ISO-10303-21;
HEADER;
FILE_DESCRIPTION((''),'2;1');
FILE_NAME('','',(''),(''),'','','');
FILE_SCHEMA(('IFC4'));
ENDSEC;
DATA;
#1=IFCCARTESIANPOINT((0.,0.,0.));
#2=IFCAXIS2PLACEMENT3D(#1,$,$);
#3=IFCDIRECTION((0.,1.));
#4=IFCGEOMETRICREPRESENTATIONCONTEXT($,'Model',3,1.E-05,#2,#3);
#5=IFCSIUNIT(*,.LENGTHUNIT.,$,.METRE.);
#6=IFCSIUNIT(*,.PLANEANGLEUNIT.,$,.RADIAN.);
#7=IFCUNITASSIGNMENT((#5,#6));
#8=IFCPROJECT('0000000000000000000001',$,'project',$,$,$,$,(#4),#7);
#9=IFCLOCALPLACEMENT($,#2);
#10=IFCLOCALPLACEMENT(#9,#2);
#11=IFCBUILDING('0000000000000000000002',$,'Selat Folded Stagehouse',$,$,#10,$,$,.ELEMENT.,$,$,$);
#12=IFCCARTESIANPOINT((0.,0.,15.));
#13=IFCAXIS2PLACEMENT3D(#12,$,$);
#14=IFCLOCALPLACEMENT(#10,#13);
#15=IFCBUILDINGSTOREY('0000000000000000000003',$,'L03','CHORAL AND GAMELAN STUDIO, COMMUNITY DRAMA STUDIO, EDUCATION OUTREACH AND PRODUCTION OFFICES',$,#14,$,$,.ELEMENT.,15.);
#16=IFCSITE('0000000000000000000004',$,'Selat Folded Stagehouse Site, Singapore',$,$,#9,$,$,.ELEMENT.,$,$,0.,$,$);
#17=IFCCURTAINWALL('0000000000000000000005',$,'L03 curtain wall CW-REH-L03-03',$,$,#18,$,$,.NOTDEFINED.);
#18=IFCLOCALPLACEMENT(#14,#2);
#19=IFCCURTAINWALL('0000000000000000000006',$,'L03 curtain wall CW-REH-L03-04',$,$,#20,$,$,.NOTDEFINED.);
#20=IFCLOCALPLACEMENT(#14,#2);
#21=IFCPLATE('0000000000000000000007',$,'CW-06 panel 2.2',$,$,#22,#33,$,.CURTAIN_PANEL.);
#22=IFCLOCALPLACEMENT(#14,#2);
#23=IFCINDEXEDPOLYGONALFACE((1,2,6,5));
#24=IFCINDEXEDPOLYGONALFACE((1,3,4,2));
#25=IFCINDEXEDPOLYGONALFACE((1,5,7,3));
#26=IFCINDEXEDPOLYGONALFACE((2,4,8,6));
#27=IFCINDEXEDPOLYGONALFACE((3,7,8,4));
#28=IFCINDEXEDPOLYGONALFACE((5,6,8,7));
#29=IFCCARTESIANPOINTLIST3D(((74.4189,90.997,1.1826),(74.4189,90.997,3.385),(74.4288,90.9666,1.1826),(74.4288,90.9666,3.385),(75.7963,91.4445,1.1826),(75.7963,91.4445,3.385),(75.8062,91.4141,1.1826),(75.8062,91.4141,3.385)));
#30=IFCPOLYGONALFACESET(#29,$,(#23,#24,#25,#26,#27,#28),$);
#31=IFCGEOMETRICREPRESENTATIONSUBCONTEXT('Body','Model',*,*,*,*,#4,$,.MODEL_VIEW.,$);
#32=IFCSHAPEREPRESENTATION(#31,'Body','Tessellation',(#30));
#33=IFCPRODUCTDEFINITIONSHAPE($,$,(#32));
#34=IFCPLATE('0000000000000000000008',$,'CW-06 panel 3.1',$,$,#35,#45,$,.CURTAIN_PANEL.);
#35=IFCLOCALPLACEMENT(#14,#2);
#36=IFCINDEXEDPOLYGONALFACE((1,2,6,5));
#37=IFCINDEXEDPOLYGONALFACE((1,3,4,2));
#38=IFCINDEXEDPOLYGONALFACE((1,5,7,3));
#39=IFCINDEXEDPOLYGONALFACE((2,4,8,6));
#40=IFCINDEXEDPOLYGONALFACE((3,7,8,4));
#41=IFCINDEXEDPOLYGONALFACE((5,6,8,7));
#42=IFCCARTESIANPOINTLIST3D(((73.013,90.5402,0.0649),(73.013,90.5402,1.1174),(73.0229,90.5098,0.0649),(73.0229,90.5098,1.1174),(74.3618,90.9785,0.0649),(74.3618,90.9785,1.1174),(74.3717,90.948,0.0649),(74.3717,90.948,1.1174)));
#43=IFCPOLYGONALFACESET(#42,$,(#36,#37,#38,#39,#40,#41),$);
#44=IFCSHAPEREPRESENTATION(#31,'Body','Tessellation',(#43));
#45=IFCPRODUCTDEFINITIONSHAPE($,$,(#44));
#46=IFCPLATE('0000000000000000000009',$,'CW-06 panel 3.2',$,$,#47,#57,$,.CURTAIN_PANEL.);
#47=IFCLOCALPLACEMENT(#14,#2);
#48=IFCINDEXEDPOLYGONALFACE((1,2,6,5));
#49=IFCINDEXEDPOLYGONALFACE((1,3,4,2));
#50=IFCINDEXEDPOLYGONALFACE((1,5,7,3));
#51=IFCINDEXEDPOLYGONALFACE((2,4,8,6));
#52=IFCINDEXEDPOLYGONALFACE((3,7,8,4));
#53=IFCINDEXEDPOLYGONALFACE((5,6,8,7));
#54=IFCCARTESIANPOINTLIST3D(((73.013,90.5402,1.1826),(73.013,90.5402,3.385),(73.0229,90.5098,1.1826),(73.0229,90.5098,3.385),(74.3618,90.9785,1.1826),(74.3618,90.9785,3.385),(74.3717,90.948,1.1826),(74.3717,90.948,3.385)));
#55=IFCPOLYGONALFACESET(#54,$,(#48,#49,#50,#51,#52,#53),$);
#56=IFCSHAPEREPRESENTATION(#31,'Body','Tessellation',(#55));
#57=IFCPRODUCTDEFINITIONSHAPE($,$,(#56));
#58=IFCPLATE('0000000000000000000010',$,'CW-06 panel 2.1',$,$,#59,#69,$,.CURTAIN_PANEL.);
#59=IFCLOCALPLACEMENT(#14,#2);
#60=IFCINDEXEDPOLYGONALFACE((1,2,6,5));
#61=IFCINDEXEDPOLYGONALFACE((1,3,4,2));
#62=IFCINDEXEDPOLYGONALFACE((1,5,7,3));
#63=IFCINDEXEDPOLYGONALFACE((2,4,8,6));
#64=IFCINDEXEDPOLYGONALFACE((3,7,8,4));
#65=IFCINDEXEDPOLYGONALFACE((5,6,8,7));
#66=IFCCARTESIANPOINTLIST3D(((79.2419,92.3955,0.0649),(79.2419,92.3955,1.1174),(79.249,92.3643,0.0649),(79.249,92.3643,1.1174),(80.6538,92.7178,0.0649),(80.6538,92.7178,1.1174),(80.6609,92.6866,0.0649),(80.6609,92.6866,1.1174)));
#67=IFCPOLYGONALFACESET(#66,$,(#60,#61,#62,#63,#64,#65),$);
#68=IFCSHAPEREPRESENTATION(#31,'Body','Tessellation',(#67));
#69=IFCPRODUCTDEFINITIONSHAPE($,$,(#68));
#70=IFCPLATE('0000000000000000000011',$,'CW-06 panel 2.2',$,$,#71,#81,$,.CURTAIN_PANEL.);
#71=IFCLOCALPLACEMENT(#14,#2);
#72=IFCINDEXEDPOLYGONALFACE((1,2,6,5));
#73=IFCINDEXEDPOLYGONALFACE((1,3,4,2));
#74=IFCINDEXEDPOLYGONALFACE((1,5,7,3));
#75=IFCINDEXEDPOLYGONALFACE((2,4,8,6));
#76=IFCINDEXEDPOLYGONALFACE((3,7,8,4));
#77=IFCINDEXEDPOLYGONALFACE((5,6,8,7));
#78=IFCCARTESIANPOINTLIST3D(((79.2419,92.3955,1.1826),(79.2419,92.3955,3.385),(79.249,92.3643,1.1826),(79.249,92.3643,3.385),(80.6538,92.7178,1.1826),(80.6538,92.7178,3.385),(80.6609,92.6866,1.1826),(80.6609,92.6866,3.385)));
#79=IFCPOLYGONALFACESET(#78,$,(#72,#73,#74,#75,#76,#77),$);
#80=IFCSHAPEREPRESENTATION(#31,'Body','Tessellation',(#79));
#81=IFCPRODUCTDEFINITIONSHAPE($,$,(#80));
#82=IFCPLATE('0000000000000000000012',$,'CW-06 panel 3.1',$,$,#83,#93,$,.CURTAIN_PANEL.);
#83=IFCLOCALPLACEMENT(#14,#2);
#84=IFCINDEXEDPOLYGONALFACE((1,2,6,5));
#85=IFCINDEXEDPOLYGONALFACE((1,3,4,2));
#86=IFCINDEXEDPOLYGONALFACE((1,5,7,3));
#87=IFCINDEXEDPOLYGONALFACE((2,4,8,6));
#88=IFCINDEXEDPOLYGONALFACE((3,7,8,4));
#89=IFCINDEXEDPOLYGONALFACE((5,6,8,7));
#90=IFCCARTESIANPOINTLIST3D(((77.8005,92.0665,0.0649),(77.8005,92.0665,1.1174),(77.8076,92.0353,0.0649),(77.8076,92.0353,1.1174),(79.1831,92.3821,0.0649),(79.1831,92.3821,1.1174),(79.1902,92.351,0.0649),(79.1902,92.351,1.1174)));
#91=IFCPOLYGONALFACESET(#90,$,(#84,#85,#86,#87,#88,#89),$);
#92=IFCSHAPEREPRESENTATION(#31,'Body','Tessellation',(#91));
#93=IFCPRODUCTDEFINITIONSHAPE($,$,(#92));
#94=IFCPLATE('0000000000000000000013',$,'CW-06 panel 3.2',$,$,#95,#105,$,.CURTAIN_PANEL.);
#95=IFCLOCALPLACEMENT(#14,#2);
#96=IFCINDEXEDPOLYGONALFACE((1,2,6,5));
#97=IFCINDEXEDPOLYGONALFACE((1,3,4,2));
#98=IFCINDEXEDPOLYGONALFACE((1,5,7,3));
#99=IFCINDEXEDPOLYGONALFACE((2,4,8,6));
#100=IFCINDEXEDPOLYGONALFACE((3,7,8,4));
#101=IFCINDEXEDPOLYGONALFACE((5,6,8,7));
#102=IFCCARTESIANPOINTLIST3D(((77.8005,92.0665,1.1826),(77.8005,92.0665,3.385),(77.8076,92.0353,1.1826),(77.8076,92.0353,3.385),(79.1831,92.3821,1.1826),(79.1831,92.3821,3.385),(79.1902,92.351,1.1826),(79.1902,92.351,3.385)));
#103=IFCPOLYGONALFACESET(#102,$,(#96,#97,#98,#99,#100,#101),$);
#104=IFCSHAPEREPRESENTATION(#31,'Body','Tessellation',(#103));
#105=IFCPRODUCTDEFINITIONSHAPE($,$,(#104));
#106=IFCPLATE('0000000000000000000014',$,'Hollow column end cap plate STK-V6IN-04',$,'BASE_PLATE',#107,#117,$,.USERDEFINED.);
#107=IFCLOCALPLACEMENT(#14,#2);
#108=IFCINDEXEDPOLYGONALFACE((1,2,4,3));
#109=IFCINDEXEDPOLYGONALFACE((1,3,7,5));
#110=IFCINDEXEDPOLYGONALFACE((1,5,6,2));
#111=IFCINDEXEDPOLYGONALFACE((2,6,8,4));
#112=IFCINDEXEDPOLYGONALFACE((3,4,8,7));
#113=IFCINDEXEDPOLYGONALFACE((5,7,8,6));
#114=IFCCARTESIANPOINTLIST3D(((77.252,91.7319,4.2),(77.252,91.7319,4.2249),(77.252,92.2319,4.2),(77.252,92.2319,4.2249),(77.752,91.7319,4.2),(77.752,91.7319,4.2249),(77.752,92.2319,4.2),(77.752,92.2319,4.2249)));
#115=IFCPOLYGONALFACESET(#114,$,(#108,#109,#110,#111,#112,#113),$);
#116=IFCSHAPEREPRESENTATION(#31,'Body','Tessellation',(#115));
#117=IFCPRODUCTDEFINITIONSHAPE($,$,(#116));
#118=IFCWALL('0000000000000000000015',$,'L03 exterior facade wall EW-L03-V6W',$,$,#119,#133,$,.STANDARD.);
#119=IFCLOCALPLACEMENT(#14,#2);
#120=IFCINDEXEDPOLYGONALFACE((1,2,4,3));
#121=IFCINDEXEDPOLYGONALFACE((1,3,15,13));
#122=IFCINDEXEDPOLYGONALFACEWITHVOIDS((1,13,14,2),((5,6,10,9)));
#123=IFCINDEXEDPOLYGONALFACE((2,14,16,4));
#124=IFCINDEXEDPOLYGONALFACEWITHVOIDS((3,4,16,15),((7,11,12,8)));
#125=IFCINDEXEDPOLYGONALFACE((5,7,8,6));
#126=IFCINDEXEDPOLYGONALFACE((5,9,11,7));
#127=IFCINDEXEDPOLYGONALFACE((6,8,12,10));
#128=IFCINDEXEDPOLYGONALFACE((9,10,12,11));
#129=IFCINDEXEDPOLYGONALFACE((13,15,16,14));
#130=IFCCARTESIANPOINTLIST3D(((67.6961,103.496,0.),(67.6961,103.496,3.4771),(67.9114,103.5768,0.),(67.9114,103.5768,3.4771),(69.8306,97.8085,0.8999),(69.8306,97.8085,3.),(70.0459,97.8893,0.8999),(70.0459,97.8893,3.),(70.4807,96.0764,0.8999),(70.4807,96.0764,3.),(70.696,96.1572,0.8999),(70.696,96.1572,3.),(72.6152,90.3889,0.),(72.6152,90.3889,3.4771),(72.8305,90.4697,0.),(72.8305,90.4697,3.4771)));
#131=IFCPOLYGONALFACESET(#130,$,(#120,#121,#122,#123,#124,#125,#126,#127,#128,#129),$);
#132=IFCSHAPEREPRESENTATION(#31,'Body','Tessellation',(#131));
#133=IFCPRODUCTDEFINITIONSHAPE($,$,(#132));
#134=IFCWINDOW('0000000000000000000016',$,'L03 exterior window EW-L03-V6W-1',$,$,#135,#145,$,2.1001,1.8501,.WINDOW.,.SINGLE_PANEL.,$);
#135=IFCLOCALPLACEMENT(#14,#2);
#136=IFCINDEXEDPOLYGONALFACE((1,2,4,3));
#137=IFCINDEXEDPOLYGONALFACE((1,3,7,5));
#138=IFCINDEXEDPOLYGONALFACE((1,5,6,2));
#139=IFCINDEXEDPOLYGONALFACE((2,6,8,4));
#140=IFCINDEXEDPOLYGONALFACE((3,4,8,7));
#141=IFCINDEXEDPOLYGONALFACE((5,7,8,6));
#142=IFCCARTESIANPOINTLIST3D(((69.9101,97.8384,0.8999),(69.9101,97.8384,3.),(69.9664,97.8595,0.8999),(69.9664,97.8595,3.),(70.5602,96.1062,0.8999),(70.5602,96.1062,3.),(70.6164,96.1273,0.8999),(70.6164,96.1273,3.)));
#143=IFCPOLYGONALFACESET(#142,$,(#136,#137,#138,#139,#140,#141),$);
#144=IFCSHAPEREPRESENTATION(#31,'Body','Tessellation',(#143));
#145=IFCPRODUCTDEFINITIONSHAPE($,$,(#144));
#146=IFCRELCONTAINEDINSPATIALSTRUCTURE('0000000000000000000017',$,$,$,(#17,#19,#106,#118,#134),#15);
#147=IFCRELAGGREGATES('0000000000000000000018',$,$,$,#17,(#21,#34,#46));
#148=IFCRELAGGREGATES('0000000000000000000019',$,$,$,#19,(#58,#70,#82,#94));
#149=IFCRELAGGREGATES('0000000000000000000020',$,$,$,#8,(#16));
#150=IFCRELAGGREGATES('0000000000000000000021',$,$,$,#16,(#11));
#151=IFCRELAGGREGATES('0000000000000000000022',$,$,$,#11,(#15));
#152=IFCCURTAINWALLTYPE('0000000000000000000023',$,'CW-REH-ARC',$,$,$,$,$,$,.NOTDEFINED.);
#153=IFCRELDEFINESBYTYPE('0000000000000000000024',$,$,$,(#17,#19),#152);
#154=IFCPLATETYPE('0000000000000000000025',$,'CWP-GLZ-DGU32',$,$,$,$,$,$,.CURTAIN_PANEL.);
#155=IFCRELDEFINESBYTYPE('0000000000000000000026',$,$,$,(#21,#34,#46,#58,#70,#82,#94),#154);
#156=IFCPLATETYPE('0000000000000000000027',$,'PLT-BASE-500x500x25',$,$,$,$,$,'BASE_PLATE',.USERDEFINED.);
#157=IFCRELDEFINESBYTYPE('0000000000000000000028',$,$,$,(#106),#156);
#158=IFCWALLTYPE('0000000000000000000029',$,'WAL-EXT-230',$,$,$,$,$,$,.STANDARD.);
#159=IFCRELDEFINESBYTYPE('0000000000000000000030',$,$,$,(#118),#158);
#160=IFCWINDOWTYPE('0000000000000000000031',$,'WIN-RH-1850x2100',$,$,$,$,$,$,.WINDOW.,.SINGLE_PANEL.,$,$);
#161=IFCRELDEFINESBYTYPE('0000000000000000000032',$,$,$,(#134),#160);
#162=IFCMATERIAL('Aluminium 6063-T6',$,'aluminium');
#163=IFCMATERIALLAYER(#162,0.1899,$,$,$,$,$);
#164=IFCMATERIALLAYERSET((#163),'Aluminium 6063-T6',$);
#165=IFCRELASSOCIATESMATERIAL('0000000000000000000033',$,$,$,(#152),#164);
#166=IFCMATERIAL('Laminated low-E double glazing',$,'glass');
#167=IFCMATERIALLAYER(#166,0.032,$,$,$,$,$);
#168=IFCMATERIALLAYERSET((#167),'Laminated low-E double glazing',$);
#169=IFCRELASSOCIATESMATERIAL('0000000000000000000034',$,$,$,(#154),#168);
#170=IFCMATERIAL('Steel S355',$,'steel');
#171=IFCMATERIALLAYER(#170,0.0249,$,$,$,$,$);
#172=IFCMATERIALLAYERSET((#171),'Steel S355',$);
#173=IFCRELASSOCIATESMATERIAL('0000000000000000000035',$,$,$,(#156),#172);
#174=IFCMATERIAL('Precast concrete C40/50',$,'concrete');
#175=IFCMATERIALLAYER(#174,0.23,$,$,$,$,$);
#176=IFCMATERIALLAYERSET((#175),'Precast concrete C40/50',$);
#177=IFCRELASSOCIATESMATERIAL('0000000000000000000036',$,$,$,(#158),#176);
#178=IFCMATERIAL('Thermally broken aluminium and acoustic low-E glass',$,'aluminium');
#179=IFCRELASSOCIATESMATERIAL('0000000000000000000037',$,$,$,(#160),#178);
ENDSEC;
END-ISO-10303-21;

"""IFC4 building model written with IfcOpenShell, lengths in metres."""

from ifc_helpers import new_model, si_unit, direction, frame, frame_2d, origin, origin_2d, place, context, subcontext, project, spatial, rectangle, extrude, material, layer, layer_set, type_object, element, fill, aggregate, save


model = new_model("IFC4")

# Units and contexts
model_context = context("Model", 3, precision=1e-05, world=origin(), true_north=direction((0.0, 1.0)))
body_context = subcontext(model_context, "Body", "Model", "MODEL_VIEW")
ifc_project = project(units=[si_unit("LENGTHUNIT", "METRE"), si_unit("PLANEANGLEUNIT", "RADIAN")], contexts=[model_context])

# Site, building, storey
site_placement = place(None, origin())
site = spatial("IfcSite", under=ifc_project, at=site_placement, Name="Selat Folded Stagehouse Site, Singapore", CompositionType="ELEMENT", RefElevation=0.0)
building_placement = place(site_placement, origin())
building = spatial("IfcBuilding", under=site, at=building_placement, Name="Selat Folded Stagehouse", CompositionType="ELEMENT")
storey_placement = place(building_placement, frame((0.0, 0.0, 15.0)))
storey = spatial("IfcBuildingStorey", under=building, at=storey_placement, Name="L03", Description="CHORAL AND GAMELAN STUDIO, COMMUNITY DRAMA STUDIO, EDUCATION OUTREACH AND PRODUCTION OFFICES", CompositionType="ELEMENT", Elevation=15.0)

# Shared definitions
ifc_material_1 = material(Name="Steel S355", Category="steel")

# Curtain walls
ifc_material_2 = material(Name="Aluminium 6063-T6", Category="aluminium")
ifc_layer_1 = layer(ifc_material_2, 0.1899)
ifc_layer_set_1 = layer_set([ifc_layer_1], Name="Aluminium 6063-T6")
curtain_wall_type = type_object("IfcCurtainWallType", Name="CW-REH-ARC", PredefinedType="NOTDEFINED", material=ifc_layer_set_1)
curtain_wall_1_placement = place(storey_placement, origin())
curtain_wall_1 = element("IfcCurtainWall", 1, at=curtain_wall_1_placement, inside=storey, type_object=curtain_wall_type, Name="L03 curtain wall CW-REH-L03-03", PredefinedType="NOTDEFINED")
curtain_wall_2_placement = place(storey_placement, origin())
curtain_wall_2 = element("IfcCurtainWall", 2, at=curtain_wall_2_placement, inside=storey, type_object=curtain_wall_type, Name="L03 curtain wall CW-REH-L03-04", PredefinedType="NOTDEFINED")

# Plates
ifc_material_3 = material(Name="Laminated low-E double glazing", Category="glass")
ifc_layer_2 = layer(ifc_material_3, 0.032)
ifc_layer_set_2 = layer_set([ifc_layer_2], Name="Laminated low-E double glazing")
plate_type_1 = type_object("IfcPlateType", Name="CWP-GLZ-DGU32", PredefinedType="CURTAIN_PANEL", material=ifc_layer_set_2)
plate_1_placement = place(storey_placement, frame((75.1125, 91.2056, 1.1826), z_axis=(0.0, 0.0, 1.0), x_axis=(-0.951065, -0.308992, 0.0)))
plate_1 = element("IfcPlate", 3, at=plate_1_placement, type_object=plate_type_1, Name="CW-06 panel 2.2", PredefinedType="CURTAIN_PANEL", context=body_context, shape_type="SweptSolid", body=[
    extrude(rectangle(XDim=1.4482, YDim=0.032, at=origin_2d()), origin(), (0.0, 0.0, 1.0), 2.2024),
])
plate_2_placement = place(storey_placement, frame((73.6924, 90.7441, 0.0649), z_axis=(0.0, 0.0, 1.0), x_axis=(-0.951065, -0.308992, 0.0)))
plate_2 = element("IfcPlate", 4, at=plate_2_placement, type_object=plate_type_1, Name="CW-06 panel 3.1", PredefinedType="CURTAIN_PANEL", context=body_context, shape_type="SweptSolid", body=[
    extrude(rectangle(XDim=1.4182, YDim=0.032, at=origin_2d()), origin(), (0.0, 0.0, 1.0), 1.0525),
])
plate_3_placement = place(storey_placement, frame((73.6924, 90.7441, 1.1826), z_axis=(0.0, 0.0, 1.0), x_axis=(-0.951065, -0.308992, 0.0)))
plate_3 = element("IfcPlate", 5, at=plate_3_placement, type_object=plate_type_1, Name="CW-06 panel 3.2", PredefinedType="CURTAIN_PANEL", context=body_context, shape_type="SweptSolid", body=[
    extrude(rectangle(XDim=1.4182, YDim=0.032, at=origin_2d()), origin(), (0.0, 0.0, 1.0), 2.2024),
])
aggregate(curtain_wall_1, [plate_1, plate_2, plate_3])
plate_4_placement = place(storey_placement, frame((79.9514, 92.541, 0.0649), z_axis=(0.0, 0.0, 1.0), x_axis=(-0.974923, -0.222543, 0.0)))
plate_4 = element("IfcPlate", 6, at=plate_4_placement, type_object=plate_type_1, Name="CW-06 panel 2.1", PredefinedType="CURTAIN_PANEL", context=body_context, shape_type="SweptSolid", body=[
    extrude(rectangle(XDim=1.4482, YDim=0.032, at=origin_2d()), origin(), (0.0, 0.0, 1.0), 1.0525),
])
plate_5_placement = place(storey_placement, frame((79.9514, 92.541, 1.1826), z_axis=(0.0, 0.0, 1.0), x_axis=(-0.974923, -0.222543, 0.0)))
plate_5 = element("IfcPlate", 7, at=plate_5_placement, type_object=plate_type_1, Name="CW-06 panel 2.2", PredefinedType="CURTAIN_PANEL", context=body_context, shape_type="SweptSolid", body=[
    extrude(rectangle(XDim=1.4482, YDim=0.032, at=origin_2d()), origin(), (0.0, 0.0, 1.0), 2.2024),
])
plate_6_placement = place(storey_placement, frame((78.4954, 92.2087, 0.0649), z_axis=(0.0, 0.0, 1.0), x_axis=(-0.974923, -0.222543, 0.0)))
plate_6 = element("IfcPlate", 8, at=plate_6_placement, type_object=plate_type_1, Name="CW-06 panel 3.1", PredefinedType="CURTAIN_PANEL", context=body_context, shape_type="SweptSolid", body=[
    extrude(rectangle(XDim=1.4182, YDim=0.032, at=origin_2d()), origin(), (0.0, 0.0, 1.0), 1.0525),
])
plate_7_placement = place(storey_placement, frame((78.4954, 92.2087, 1.1826), z_axis=(0.0, 0.0, 1.0), x_axis=(-0.974923, -0.222543, 0.0)))
plate_7 = element("IfcPlate", 9, at=plate_7_placement, type_object=plate_type_1, Name="CW-06 panel 3.2", PredefinedType="CURTAIN_PANEL", context=body_context, shape_type="SweptSolid", body=[
    extrude(rectangle(XDim=1.4182, YDim=0.032, at=origin_2d()), origin(), (0.0, 0.0, 1.0), 2.2024),
])
aggregate(curtain_wall_2, [plate_4, plate_5, plate_6, plate_7])
ifc_layer_3 = layer(ifc_material_1, 0.0249)
ifc_layer_set_3 = layer_set([ifc_layer_3], Name="Steel S355")
plate_type_2 = type_object("IfcPlateType", Name="PLT-BASE-500x500x25", ElementType="BASE_PLATE", PredefinedType="USERDEFINED", material=ifc_layer_set_3)
plate_8_placement = place(storey_placement, frame((77.502, 91.9819, 4.2), z_axis=(0.0, 0.0, 1.0), x_axis=(1.0, 0.0, 0.0)))
element("IfcPlate", 10, at=plate_8_placement, inside=storey, type_object=plate_type_2, Name="Hollow column end cap plate STK-V6IN-04", ObjectType="BASE_PLATE", PredefinedType="USERDEFINED", context=body_context, shape_type="SweptSolid", body=[
    extrude(rectangle(XDim=0.5, YDim=0.5, at=origin_2d()), origin(), (0.0, 0.0, 1.0), 0.0249),
])

# Wall, opening, window
ifc_material_4 = material(Name="Precast concrete C40/50", Category="concrete")
ifc_layer_4 = layer(ifc_material_4, 0.23)
ifc_layer_set_4 = layer_set([ifc_layer_4], Name="Precast concrete C40/50")
wall_type = type_object("IfcWallType", Name="WAL-EXT-230", PredefinedType="STANDARD", material=ifc_layer_set_4)
wall_placement = place(storey_placement, frame((72.7229, 90.4292, 0.0), z_axis=(0.0, 0.0, 1.0), x_axis=(-0.351374, 0.936235, 0.0)))
wall = element("IfcWall", 11, at=wall_placement, inside=storey, type_object=wall_type, Name="L03 exterior facade wall EW-L03-V6W", PredefinedType="STANDARD", context=body_context, shape_type="SweptSolid", body=[
    extrude(rectangle(XDim=13.9998, YDim=0.23, at=frame_2d((7.0, 0.0))), origin(), (0.0, 0.0, 1.0), 3.4771),
])
opening_placement = place(wall_placement, frame((6.075, 0.0, 0.8999)))
opening = element("IfcOpeningElement", 12, at=opening_placement, cuts=wall, PredefinedType="OPENING", context=body_context, shape_type="SweptSolid", body=[
    extrude(rectangle(XDim=1.8501, YDim=2.1001, at=frame_2d((0.925, 1.05))), frame((0.0, 0.125, 0.0), z_axis=(0.0, -1.0, 0.0), x_axis=(1.0, 0.0, 0.0)), (0.0, 0.0, 1.0), 0.25),
])
ifc_material_5 = material(Name="Thermally broken aluminium and acoustic low-E glass", Category="aluminium")
window_type = type_object("IfcWindowType", Name="WIN-RH-1850x2100", PartitioningType="SINGLE_PANEL", PredefinedType="WINDOW", material=ifc_material_5)
window_placement = place(opening_placement, origin())
window = element("IfcWindow", 13, at=window_placement, inside=storey, type_object=window_type, Name="L03 exterior window EW-L03-V6W-1", OverallHeight=2.1001, OverallWidth=1.8501, PartitioningType="SINGLE_PANEL", PredefinedType="WINDOW", context=body_context, shape_type="SweptSolid", body=[
    extrude(rectangle(XDim=1.8501, YDim=2.1001, at=frame_2d((0.925, 1.05))), frame((0.0, 0.03, 0.0), z_axis=(0.0, -1.0, 0.0), x_axis=(1.0, 0.0, 0.0)), (0.0, 0.0, 1.0), 0.0601),
])
fill(opening, window)

save(model, "model.ifc")
